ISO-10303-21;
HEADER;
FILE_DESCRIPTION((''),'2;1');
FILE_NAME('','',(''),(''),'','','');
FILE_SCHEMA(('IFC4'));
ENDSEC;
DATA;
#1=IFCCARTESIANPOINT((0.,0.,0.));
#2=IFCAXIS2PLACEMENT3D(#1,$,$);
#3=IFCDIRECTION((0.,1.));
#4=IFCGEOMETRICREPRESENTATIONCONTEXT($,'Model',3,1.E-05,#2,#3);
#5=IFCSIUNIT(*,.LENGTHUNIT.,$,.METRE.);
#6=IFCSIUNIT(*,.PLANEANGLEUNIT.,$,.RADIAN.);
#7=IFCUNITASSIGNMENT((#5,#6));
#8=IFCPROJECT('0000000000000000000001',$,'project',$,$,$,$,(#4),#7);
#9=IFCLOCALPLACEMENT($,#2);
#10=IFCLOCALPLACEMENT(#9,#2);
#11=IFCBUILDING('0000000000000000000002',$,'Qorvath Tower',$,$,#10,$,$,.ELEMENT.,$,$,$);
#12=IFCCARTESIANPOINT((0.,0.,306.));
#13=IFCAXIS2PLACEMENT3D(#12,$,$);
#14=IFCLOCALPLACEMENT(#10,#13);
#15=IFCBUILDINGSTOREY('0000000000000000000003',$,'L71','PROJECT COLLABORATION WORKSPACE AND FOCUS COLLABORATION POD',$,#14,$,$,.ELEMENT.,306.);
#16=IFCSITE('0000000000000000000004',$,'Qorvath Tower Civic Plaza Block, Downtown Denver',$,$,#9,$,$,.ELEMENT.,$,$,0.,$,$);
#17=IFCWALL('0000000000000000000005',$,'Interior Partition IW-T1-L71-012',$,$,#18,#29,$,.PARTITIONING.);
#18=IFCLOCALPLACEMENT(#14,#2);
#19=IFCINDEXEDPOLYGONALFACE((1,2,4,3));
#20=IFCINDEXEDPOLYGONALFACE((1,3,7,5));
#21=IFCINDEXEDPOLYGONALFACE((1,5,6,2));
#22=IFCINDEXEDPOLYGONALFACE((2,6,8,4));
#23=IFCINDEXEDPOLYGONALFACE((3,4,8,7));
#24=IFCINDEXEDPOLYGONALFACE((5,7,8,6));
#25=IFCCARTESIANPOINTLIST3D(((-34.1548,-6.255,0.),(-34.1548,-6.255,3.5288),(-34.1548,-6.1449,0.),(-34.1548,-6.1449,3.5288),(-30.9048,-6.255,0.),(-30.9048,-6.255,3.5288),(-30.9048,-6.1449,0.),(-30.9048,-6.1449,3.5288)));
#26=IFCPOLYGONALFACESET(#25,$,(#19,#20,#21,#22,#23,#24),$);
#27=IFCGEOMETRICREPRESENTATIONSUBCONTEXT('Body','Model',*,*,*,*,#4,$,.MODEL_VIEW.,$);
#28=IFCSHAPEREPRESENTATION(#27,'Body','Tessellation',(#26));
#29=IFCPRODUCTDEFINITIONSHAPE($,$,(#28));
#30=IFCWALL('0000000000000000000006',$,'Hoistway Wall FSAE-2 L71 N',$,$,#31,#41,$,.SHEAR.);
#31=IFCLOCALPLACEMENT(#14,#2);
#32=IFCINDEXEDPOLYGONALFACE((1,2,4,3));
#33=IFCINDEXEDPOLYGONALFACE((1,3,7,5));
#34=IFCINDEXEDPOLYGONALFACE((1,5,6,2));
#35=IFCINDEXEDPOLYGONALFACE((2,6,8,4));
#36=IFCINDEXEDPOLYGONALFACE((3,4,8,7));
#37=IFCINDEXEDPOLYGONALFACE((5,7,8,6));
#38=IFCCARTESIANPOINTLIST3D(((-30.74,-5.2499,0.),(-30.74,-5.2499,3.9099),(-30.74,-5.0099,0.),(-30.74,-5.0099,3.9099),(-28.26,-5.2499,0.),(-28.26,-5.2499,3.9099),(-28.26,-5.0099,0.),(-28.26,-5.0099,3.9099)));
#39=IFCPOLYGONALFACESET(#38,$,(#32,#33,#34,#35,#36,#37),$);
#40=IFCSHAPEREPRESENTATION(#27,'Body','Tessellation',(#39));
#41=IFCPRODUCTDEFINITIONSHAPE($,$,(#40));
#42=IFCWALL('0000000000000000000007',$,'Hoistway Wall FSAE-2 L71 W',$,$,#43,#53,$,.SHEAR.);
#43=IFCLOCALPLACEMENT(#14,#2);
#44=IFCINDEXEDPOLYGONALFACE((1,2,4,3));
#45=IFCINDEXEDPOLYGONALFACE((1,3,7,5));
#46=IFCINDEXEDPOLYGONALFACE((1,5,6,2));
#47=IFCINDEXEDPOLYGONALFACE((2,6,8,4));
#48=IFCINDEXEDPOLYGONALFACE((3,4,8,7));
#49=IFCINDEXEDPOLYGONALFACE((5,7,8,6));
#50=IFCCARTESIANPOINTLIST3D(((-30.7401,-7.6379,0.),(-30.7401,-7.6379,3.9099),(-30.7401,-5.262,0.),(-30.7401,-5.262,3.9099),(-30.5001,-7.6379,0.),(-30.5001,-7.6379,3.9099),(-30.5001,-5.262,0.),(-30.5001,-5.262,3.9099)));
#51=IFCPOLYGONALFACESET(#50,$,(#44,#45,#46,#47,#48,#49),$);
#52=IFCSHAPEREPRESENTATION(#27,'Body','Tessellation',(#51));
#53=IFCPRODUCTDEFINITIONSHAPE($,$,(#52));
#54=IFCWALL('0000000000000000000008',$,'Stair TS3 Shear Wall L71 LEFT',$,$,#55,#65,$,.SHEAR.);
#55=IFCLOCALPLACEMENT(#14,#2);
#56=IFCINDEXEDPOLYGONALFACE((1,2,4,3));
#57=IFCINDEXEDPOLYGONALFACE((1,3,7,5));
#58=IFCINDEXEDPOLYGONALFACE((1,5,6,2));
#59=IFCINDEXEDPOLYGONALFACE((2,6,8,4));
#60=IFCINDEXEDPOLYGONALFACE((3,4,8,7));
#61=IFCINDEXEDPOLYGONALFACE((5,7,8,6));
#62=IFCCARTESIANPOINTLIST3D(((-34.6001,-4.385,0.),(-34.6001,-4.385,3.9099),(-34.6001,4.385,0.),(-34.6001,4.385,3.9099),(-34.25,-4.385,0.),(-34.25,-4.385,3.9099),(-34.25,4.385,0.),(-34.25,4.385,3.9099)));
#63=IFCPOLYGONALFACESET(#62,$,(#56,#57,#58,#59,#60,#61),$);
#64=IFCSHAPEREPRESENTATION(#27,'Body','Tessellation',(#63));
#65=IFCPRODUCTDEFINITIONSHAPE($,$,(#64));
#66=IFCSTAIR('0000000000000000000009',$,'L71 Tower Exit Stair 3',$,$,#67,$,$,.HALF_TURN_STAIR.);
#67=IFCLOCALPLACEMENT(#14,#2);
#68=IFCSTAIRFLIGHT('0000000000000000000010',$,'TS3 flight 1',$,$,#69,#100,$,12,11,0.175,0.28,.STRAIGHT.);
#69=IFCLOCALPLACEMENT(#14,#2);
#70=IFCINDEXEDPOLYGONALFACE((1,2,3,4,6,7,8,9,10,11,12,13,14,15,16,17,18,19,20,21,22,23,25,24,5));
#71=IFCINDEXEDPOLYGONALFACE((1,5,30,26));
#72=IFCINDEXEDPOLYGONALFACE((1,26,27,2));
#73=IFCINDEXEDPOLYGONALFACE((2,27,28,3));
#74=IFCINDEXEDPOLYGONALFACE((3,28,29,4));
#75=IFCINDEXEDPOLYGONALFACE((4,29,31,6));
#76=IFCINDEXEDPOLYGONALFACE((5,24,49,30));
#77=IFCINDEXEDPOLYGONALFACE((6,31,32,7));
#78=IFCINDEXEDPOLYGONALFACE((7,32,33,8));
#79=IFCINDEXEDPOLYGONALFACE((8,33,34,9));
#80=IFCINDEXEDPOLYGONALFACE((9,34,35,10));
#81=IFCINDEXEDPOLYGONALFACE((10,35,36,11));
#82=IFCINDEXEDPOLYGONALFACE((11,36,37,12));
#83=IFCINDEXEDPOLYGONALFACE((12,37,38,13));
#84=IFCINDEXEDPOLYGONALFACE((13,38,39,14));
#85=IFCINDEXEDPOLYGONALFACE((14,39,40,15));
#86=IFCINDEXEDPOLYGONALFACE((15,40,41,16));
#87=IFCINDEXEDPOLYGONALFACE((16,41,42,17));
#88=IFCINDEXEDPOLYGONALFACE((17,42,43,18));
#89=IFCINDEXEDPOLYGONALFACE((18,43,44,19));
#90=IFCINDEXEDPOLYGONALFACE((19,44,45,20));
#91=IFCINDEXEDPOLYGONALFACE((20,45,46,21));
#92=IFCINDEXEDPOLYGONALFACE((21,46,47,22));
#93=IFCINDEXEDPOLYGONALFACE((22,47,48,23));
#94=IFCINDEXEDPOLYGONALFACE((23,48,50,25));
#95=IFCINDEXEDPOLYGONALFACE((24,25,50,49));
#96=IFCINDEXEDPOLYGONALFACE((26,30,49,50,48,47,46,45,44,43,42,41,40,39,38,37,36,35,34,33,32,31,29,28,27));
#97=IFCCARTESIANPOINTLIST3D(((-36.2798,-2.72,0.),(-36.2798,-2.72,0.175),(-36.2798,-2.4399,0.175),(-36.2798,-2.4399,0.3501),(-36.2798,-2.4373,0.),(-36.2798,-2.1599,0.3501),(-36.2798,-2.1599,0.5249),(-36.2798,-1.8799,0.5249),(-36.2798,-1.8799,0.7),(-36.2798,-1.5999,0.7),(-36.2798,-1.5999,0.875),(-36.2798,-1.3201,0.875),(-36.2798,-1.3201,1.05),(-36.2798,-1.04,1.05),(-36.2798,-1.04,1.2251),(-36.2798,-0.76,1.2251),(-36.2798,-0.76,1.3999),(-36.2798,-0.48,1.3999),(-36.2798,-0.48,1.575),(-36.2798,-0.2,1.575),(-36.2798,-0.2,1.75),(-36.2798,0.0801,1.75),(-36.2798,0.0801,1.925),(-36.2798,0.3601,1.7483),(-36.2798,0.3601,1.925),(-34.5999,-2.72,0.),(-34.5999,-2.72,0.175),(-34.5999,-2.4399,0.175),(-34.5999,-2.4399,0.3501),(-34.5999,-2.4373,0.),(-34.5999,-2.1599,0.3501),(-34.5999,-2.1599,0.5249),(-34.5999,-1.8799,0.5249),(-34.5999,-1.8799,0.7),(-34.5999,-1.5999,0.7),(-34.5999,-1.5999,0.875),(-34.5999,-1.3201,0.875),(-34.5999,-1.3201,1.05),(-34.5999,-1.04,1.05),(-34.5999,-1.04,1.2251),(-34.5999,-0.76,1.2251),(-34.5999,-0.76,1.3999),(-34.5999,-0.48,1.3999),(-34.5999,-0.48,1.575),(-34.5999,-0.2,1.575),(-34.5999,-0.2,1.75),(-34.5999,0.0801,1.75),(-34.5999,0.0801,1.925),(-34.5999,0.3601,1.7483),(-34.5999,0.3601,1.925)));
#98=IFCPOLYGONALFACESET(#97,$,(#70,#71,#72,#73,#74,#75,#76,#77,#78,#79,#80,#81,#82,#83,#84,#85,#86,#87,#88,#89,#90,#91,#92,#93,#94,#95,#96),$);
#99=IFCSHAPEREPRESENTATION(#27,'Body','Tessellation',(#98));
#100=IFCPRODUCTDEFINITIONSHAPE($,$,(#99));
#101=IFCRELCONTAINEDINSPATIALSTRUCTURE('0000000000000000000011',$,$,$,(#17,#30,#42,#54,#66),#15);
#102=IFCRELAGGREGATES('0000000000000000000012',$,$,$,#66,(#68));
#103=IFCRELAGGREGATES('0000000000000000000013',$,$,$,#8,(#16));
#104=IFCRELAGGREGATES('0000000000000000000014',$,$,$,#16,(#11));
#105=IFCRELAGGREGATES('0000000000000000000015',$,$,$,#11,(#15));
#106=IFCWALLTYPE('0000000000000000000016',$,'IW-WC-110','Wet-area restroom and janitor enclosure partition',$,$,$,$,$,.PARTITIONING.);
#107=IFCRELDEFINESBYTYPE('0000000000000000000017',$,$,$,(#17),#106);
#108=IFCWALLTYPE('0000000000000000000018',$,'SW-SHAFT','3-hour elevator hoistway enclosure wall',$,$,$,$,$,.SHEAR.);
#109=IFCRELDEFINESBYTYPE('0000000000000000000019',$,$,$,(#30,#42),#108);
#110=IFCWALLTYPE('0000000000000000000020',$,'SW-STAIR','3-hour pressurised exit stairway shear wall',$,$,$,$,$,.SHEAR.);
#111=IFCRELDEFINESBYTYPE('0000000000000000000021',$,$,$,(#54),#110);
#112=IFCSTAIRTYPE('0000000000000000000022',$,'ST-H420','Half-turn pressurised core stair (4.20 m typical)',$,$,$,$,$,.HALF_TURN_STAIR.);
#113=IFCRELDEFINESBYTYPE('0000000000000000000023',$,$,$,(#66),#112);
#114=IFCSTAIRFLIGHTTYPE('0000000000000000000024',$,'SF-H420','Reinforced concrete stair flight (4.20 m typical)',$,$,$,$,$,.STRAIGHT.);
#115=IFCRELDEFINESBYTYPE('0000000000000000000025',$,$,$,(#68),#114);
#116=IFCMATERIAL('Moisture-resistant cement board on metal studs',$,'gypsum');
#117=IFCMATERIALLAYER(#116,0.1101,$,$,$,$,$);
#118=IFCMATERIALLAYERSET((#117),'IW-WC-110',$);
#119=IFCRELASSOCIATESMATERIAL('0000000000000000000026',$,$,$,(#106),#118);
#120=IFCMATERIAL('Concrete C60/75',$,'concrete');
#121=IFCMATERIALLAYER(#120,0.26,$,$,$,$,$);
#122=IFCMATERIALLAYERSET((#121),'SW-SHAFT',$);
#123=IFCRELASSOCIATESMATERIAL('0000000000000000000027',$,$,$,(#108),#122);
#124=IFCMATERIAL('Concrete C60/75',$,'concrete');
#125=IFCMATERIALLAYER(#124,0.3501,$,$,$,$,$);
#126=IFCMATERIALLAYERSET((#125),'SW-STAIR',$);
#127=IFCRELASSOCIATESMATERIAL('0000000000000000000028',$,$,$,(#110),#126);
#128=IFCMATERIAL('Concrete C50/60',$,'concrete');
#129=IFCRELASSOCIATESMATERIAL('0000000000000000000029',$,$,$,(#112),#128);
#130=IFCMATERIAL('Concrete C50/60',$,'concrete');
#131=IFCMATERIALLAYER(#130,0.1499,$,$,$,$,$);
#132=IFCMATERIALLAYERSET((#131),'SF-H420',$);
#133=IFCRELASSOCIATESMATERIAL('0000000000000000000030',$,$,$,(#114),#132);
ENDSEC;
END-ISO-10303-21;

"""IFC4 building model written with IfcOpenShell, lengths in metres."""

from ifc_helpers import new_model, si_unit, direction, frame, frame_2d, origin, place, context, subcontext, project, spatial, polyline, rectangle, outline, extrude, material, layer, layer_set, type_object, element, aggregate, save


model = new_model("IFC4")

# Units and contexts
model_context = context("Model", 3, precision=1e-05, world=origin(), true_north=direction((0.0, 1.0)))
body_context = subcontext(model_context, "Body", "Model", "MODEL_VIEW")
ifc_project = project(units=[si_unit("LENGTHUNIT", "METRE"), si_unit("PLANEANGLEUNIT", "RADIAN")], contexts=[model_context])

# Site, building, storey
site_placement = place(None, origin())
site = spatial("IfcSite", under=ifc_project, at=site_placement, Name="Qorvath Tower Civic Plaza Block, Downtown Denver", CompositionType="ELEMENT", RefElevation=0.0)
building_placement = place(site_placement, origin())
building = spatial("IfcBuilding", under=site, at=building_placement, Name="Qorvath Tower", CompositionType="ELEMENT")
storey_placement = place(building_placement, frame((0.0, 0.0, 306.0)))
storey = spatial("IfcBuildingStorey", under=building, at=storey_placement, Name="L71", Description="PROJECT COLLABORATION WORKSPACE AND FOCUS COLLABORATION POD", CompositionType="ELEMENT", Elevation=306.0)

# Shared definitions
ifc_material_1 = material(Name="Moisture-resistant cement board on metal studs", Category="gypsum")
ifc_layer_1 = layer(ifc_material_1, 0.1101)
ifc_layer_set_1 = layer_set([ifc_layer_1], Name="IW-WC-110")
wall_type_1 = type_object("IfcWallType", Name="IW-WC-110", Description="Wet-area restroom and janitor enclosure partition", PredefinedType="PARTITIONING", material=ifc_layer_set_1)

# Walls
wall_1_placement = place(storey_placement, frame((-30.9048, -6.2, 0.0), z_axis=(0.0, 0.0, 1.0), x_axis=(-1.0, 0.0, 0.0)))
element("IfcWall", 1, at=wall_1_placement, inside=storey, type_object=wall_type_1, Name="Interior Partition IW-T1-L71-012", PredefinedType="PARTITIONING", context=body_context, shape_type="SweptSolid", body=[
    extrude(rectangle(XDim=3.25, YDim=0.1101, at=frame_2d((1.625, 0.0))), origin(), (0.0, 0.0, 1.0), 3.5288),
])
ifc_material_2 = material(Name="Concrete C60/75", Category="concrete")
ifc_layer_2 = layer(ifc_material_2, 0.26)
ifc_layer_set_2 = layer_set([ifc_layer_2], Name="SW-SHAFT")
wall_type_2 = type_object("IfcWallType", Name="SW-SHAFT", Description="3-hour elevator hoistway enclosure wall", PredefinedType="SHEAR", material=ifc_layer_set_2)
wall_2_placement = place(storey_placement, frame((-30.74, -5.1299, 0.0), z_axis=(0.0, 0.0, 1.0), x_axis=(1.0, 0.0, 0.0)))
element("IfcWall", 2, at=wall_2_placement, inside=storey, type_object=wall_type_2, Name="Hoistway Wall FSAE-2 L71 N", PredefinedType="SHEAR", context=body_context, shape_type="SweptSolid", body=[
    extrude(rectangle(XDim=2.48, YDim=0.24, at=frame_2d((1.24, 0.0))), origin(), (0.0, 0.0, 1.0), 3.9099),
])
wall_3_placement = place(storey_placement, frame((-30.6201, -7.6379, 0.0), z_axis=(0.0, 0.0, 1.0), x_axis=(0.0, 1.0, 0.0)))
element("IfcWall", 3, at=wall_3_placement, inside=storey, type_object=wall_type_2, Name="Hoistway Wall FSAE-2 L71 W", PredefinedType="SHEAR", context=body_context, shape_type="SweptSolid", body=[
    extrude(rectangle(XDim=2.376, YDim=0.24, at=frame_2d((1.188, 0.0))), origin(), (0.0, 0.0, 1.0), 3.9099),
])
ifc_material_3 = material(Name="Concrete C60/75", Category="concrete")
ifc_layer_3 = layer(ifc_material_3, 0.3501)
ifc_layer_set_3 = layer_set([ifc_layer_3], Name="SW-STAIR")
wall_type_3 = type_object("IfcWallType", Name="SW-STAIR", Description="3-hour pressurised exit stairway shear wall", PredefinedType="SHEAR", material=ifc_layer_set_3)
wall_4_placement = place(storey_placement, frame((-34.425, -4.385, 0.0), z_axis=(0.0, 0.0, 1.0), x_axis=(0.0, 1.0, 0.0)))
element("IfcWall", 4, at=wall_4_placement, inside=storey, type_object=wall_type_3, Name="Stair TS3 Shear Wall L71 LEFT", PredefinedType="SHEAR", context=body_context, shape_type="SweptSolid", body=[
    extrude(rectangle(XDim=8.77, YDim=0.3501, at=frame_2d((4.385, 0.0))), origin(), (0.0, 0.0, 1.0), 3.9099),
])

# Stair, stair flight
ifc_material_4 = material(Name="Concrete C50/60", Category="concrete")
stair_type = type_object("IfcStairType", Name="ST-H420", Description="Half-turn pressurised core stair (4.20 m typical)", PredefinedType="HALF_TURN_STAIR", material=ifc_material_4)
stair_placement = place(storey_placement, origin())
stair = element("IfcStair", 5, at=stair_placement, inside=storey, type_object=stair_type, Name="L71 Tower Exit Stair 3", PredefinedType="HALF_TURN_STAIR")
ifc_material_5 = material(Name="Concrete C50/60", Category="concrete")
ifc_layer_4 = layer(ifc_material_5, 0.1499)
ifc_layer_set_4 = layer_set([ifc_layer_4], Name="SF-H420")
stair_flight_type = type_object("IfcStairFlightType", Name="SF-H420", Description="Reinforced concrete stair flight (4.20 m typical)", PredefinedType="STRAIGHT", material=ifc_layer_set_4)
stair_flight_placement = place(storey_placement, frame((-35.4399, -2.72, 0.0), z_axis=(0.0, 0.0, 1.0), x_axis=(0.0, 1.0, 0.0)))
stair_flight = element("IfcStairFlight", 6, at=stair_flight_placement, type_object=stair_flight_type, Name="TS3 flight 1", NumberOfRisers=12, NumberOfTreads=11, PredefinedType="STRAIGHT", RiserHeight=0.175, TreadLength=0.28, context=body_context, shape_type="SweptSolid", body=[
    extrude(outline(polyline([(0.0, 0.0), (0.0, 0.175), (0.28, 0.175), (0.28, 0.3501), (0.5601, 0.3501), (0.5601, 0.5249), (0.8401, 0.5249), (0.8401, 0.7), (1.1201, 0.7), (1.1201, 0.875), (1.3999, 0.875), (1.3999, 1.05), (1.6799, 1.05), (1.6799, 1.2251), (1.96, 1.2251), (1.96, 1.3999), (2.24, 1.3999), (2.24, 1.575), (2.52, 1.575), (2.52, 1.75), (2.8, 1.75), (2.8, 1.925), (3.0801, 1.925), (3.0801, 2.1001), (3.0801, 1.7483), (0.2827, 0.0), (0.0, 0.0)])), frame((0.0, 0.8398, 0.0), z_axis=(0.0, -1.0, 0.0), x_axis=(1.0, 0.0, 0.0)), (0.0, 0.0, 1.0), 1.6799),
])
aggregate(stair, [stair_flight])

save(model, "model.ifc")
